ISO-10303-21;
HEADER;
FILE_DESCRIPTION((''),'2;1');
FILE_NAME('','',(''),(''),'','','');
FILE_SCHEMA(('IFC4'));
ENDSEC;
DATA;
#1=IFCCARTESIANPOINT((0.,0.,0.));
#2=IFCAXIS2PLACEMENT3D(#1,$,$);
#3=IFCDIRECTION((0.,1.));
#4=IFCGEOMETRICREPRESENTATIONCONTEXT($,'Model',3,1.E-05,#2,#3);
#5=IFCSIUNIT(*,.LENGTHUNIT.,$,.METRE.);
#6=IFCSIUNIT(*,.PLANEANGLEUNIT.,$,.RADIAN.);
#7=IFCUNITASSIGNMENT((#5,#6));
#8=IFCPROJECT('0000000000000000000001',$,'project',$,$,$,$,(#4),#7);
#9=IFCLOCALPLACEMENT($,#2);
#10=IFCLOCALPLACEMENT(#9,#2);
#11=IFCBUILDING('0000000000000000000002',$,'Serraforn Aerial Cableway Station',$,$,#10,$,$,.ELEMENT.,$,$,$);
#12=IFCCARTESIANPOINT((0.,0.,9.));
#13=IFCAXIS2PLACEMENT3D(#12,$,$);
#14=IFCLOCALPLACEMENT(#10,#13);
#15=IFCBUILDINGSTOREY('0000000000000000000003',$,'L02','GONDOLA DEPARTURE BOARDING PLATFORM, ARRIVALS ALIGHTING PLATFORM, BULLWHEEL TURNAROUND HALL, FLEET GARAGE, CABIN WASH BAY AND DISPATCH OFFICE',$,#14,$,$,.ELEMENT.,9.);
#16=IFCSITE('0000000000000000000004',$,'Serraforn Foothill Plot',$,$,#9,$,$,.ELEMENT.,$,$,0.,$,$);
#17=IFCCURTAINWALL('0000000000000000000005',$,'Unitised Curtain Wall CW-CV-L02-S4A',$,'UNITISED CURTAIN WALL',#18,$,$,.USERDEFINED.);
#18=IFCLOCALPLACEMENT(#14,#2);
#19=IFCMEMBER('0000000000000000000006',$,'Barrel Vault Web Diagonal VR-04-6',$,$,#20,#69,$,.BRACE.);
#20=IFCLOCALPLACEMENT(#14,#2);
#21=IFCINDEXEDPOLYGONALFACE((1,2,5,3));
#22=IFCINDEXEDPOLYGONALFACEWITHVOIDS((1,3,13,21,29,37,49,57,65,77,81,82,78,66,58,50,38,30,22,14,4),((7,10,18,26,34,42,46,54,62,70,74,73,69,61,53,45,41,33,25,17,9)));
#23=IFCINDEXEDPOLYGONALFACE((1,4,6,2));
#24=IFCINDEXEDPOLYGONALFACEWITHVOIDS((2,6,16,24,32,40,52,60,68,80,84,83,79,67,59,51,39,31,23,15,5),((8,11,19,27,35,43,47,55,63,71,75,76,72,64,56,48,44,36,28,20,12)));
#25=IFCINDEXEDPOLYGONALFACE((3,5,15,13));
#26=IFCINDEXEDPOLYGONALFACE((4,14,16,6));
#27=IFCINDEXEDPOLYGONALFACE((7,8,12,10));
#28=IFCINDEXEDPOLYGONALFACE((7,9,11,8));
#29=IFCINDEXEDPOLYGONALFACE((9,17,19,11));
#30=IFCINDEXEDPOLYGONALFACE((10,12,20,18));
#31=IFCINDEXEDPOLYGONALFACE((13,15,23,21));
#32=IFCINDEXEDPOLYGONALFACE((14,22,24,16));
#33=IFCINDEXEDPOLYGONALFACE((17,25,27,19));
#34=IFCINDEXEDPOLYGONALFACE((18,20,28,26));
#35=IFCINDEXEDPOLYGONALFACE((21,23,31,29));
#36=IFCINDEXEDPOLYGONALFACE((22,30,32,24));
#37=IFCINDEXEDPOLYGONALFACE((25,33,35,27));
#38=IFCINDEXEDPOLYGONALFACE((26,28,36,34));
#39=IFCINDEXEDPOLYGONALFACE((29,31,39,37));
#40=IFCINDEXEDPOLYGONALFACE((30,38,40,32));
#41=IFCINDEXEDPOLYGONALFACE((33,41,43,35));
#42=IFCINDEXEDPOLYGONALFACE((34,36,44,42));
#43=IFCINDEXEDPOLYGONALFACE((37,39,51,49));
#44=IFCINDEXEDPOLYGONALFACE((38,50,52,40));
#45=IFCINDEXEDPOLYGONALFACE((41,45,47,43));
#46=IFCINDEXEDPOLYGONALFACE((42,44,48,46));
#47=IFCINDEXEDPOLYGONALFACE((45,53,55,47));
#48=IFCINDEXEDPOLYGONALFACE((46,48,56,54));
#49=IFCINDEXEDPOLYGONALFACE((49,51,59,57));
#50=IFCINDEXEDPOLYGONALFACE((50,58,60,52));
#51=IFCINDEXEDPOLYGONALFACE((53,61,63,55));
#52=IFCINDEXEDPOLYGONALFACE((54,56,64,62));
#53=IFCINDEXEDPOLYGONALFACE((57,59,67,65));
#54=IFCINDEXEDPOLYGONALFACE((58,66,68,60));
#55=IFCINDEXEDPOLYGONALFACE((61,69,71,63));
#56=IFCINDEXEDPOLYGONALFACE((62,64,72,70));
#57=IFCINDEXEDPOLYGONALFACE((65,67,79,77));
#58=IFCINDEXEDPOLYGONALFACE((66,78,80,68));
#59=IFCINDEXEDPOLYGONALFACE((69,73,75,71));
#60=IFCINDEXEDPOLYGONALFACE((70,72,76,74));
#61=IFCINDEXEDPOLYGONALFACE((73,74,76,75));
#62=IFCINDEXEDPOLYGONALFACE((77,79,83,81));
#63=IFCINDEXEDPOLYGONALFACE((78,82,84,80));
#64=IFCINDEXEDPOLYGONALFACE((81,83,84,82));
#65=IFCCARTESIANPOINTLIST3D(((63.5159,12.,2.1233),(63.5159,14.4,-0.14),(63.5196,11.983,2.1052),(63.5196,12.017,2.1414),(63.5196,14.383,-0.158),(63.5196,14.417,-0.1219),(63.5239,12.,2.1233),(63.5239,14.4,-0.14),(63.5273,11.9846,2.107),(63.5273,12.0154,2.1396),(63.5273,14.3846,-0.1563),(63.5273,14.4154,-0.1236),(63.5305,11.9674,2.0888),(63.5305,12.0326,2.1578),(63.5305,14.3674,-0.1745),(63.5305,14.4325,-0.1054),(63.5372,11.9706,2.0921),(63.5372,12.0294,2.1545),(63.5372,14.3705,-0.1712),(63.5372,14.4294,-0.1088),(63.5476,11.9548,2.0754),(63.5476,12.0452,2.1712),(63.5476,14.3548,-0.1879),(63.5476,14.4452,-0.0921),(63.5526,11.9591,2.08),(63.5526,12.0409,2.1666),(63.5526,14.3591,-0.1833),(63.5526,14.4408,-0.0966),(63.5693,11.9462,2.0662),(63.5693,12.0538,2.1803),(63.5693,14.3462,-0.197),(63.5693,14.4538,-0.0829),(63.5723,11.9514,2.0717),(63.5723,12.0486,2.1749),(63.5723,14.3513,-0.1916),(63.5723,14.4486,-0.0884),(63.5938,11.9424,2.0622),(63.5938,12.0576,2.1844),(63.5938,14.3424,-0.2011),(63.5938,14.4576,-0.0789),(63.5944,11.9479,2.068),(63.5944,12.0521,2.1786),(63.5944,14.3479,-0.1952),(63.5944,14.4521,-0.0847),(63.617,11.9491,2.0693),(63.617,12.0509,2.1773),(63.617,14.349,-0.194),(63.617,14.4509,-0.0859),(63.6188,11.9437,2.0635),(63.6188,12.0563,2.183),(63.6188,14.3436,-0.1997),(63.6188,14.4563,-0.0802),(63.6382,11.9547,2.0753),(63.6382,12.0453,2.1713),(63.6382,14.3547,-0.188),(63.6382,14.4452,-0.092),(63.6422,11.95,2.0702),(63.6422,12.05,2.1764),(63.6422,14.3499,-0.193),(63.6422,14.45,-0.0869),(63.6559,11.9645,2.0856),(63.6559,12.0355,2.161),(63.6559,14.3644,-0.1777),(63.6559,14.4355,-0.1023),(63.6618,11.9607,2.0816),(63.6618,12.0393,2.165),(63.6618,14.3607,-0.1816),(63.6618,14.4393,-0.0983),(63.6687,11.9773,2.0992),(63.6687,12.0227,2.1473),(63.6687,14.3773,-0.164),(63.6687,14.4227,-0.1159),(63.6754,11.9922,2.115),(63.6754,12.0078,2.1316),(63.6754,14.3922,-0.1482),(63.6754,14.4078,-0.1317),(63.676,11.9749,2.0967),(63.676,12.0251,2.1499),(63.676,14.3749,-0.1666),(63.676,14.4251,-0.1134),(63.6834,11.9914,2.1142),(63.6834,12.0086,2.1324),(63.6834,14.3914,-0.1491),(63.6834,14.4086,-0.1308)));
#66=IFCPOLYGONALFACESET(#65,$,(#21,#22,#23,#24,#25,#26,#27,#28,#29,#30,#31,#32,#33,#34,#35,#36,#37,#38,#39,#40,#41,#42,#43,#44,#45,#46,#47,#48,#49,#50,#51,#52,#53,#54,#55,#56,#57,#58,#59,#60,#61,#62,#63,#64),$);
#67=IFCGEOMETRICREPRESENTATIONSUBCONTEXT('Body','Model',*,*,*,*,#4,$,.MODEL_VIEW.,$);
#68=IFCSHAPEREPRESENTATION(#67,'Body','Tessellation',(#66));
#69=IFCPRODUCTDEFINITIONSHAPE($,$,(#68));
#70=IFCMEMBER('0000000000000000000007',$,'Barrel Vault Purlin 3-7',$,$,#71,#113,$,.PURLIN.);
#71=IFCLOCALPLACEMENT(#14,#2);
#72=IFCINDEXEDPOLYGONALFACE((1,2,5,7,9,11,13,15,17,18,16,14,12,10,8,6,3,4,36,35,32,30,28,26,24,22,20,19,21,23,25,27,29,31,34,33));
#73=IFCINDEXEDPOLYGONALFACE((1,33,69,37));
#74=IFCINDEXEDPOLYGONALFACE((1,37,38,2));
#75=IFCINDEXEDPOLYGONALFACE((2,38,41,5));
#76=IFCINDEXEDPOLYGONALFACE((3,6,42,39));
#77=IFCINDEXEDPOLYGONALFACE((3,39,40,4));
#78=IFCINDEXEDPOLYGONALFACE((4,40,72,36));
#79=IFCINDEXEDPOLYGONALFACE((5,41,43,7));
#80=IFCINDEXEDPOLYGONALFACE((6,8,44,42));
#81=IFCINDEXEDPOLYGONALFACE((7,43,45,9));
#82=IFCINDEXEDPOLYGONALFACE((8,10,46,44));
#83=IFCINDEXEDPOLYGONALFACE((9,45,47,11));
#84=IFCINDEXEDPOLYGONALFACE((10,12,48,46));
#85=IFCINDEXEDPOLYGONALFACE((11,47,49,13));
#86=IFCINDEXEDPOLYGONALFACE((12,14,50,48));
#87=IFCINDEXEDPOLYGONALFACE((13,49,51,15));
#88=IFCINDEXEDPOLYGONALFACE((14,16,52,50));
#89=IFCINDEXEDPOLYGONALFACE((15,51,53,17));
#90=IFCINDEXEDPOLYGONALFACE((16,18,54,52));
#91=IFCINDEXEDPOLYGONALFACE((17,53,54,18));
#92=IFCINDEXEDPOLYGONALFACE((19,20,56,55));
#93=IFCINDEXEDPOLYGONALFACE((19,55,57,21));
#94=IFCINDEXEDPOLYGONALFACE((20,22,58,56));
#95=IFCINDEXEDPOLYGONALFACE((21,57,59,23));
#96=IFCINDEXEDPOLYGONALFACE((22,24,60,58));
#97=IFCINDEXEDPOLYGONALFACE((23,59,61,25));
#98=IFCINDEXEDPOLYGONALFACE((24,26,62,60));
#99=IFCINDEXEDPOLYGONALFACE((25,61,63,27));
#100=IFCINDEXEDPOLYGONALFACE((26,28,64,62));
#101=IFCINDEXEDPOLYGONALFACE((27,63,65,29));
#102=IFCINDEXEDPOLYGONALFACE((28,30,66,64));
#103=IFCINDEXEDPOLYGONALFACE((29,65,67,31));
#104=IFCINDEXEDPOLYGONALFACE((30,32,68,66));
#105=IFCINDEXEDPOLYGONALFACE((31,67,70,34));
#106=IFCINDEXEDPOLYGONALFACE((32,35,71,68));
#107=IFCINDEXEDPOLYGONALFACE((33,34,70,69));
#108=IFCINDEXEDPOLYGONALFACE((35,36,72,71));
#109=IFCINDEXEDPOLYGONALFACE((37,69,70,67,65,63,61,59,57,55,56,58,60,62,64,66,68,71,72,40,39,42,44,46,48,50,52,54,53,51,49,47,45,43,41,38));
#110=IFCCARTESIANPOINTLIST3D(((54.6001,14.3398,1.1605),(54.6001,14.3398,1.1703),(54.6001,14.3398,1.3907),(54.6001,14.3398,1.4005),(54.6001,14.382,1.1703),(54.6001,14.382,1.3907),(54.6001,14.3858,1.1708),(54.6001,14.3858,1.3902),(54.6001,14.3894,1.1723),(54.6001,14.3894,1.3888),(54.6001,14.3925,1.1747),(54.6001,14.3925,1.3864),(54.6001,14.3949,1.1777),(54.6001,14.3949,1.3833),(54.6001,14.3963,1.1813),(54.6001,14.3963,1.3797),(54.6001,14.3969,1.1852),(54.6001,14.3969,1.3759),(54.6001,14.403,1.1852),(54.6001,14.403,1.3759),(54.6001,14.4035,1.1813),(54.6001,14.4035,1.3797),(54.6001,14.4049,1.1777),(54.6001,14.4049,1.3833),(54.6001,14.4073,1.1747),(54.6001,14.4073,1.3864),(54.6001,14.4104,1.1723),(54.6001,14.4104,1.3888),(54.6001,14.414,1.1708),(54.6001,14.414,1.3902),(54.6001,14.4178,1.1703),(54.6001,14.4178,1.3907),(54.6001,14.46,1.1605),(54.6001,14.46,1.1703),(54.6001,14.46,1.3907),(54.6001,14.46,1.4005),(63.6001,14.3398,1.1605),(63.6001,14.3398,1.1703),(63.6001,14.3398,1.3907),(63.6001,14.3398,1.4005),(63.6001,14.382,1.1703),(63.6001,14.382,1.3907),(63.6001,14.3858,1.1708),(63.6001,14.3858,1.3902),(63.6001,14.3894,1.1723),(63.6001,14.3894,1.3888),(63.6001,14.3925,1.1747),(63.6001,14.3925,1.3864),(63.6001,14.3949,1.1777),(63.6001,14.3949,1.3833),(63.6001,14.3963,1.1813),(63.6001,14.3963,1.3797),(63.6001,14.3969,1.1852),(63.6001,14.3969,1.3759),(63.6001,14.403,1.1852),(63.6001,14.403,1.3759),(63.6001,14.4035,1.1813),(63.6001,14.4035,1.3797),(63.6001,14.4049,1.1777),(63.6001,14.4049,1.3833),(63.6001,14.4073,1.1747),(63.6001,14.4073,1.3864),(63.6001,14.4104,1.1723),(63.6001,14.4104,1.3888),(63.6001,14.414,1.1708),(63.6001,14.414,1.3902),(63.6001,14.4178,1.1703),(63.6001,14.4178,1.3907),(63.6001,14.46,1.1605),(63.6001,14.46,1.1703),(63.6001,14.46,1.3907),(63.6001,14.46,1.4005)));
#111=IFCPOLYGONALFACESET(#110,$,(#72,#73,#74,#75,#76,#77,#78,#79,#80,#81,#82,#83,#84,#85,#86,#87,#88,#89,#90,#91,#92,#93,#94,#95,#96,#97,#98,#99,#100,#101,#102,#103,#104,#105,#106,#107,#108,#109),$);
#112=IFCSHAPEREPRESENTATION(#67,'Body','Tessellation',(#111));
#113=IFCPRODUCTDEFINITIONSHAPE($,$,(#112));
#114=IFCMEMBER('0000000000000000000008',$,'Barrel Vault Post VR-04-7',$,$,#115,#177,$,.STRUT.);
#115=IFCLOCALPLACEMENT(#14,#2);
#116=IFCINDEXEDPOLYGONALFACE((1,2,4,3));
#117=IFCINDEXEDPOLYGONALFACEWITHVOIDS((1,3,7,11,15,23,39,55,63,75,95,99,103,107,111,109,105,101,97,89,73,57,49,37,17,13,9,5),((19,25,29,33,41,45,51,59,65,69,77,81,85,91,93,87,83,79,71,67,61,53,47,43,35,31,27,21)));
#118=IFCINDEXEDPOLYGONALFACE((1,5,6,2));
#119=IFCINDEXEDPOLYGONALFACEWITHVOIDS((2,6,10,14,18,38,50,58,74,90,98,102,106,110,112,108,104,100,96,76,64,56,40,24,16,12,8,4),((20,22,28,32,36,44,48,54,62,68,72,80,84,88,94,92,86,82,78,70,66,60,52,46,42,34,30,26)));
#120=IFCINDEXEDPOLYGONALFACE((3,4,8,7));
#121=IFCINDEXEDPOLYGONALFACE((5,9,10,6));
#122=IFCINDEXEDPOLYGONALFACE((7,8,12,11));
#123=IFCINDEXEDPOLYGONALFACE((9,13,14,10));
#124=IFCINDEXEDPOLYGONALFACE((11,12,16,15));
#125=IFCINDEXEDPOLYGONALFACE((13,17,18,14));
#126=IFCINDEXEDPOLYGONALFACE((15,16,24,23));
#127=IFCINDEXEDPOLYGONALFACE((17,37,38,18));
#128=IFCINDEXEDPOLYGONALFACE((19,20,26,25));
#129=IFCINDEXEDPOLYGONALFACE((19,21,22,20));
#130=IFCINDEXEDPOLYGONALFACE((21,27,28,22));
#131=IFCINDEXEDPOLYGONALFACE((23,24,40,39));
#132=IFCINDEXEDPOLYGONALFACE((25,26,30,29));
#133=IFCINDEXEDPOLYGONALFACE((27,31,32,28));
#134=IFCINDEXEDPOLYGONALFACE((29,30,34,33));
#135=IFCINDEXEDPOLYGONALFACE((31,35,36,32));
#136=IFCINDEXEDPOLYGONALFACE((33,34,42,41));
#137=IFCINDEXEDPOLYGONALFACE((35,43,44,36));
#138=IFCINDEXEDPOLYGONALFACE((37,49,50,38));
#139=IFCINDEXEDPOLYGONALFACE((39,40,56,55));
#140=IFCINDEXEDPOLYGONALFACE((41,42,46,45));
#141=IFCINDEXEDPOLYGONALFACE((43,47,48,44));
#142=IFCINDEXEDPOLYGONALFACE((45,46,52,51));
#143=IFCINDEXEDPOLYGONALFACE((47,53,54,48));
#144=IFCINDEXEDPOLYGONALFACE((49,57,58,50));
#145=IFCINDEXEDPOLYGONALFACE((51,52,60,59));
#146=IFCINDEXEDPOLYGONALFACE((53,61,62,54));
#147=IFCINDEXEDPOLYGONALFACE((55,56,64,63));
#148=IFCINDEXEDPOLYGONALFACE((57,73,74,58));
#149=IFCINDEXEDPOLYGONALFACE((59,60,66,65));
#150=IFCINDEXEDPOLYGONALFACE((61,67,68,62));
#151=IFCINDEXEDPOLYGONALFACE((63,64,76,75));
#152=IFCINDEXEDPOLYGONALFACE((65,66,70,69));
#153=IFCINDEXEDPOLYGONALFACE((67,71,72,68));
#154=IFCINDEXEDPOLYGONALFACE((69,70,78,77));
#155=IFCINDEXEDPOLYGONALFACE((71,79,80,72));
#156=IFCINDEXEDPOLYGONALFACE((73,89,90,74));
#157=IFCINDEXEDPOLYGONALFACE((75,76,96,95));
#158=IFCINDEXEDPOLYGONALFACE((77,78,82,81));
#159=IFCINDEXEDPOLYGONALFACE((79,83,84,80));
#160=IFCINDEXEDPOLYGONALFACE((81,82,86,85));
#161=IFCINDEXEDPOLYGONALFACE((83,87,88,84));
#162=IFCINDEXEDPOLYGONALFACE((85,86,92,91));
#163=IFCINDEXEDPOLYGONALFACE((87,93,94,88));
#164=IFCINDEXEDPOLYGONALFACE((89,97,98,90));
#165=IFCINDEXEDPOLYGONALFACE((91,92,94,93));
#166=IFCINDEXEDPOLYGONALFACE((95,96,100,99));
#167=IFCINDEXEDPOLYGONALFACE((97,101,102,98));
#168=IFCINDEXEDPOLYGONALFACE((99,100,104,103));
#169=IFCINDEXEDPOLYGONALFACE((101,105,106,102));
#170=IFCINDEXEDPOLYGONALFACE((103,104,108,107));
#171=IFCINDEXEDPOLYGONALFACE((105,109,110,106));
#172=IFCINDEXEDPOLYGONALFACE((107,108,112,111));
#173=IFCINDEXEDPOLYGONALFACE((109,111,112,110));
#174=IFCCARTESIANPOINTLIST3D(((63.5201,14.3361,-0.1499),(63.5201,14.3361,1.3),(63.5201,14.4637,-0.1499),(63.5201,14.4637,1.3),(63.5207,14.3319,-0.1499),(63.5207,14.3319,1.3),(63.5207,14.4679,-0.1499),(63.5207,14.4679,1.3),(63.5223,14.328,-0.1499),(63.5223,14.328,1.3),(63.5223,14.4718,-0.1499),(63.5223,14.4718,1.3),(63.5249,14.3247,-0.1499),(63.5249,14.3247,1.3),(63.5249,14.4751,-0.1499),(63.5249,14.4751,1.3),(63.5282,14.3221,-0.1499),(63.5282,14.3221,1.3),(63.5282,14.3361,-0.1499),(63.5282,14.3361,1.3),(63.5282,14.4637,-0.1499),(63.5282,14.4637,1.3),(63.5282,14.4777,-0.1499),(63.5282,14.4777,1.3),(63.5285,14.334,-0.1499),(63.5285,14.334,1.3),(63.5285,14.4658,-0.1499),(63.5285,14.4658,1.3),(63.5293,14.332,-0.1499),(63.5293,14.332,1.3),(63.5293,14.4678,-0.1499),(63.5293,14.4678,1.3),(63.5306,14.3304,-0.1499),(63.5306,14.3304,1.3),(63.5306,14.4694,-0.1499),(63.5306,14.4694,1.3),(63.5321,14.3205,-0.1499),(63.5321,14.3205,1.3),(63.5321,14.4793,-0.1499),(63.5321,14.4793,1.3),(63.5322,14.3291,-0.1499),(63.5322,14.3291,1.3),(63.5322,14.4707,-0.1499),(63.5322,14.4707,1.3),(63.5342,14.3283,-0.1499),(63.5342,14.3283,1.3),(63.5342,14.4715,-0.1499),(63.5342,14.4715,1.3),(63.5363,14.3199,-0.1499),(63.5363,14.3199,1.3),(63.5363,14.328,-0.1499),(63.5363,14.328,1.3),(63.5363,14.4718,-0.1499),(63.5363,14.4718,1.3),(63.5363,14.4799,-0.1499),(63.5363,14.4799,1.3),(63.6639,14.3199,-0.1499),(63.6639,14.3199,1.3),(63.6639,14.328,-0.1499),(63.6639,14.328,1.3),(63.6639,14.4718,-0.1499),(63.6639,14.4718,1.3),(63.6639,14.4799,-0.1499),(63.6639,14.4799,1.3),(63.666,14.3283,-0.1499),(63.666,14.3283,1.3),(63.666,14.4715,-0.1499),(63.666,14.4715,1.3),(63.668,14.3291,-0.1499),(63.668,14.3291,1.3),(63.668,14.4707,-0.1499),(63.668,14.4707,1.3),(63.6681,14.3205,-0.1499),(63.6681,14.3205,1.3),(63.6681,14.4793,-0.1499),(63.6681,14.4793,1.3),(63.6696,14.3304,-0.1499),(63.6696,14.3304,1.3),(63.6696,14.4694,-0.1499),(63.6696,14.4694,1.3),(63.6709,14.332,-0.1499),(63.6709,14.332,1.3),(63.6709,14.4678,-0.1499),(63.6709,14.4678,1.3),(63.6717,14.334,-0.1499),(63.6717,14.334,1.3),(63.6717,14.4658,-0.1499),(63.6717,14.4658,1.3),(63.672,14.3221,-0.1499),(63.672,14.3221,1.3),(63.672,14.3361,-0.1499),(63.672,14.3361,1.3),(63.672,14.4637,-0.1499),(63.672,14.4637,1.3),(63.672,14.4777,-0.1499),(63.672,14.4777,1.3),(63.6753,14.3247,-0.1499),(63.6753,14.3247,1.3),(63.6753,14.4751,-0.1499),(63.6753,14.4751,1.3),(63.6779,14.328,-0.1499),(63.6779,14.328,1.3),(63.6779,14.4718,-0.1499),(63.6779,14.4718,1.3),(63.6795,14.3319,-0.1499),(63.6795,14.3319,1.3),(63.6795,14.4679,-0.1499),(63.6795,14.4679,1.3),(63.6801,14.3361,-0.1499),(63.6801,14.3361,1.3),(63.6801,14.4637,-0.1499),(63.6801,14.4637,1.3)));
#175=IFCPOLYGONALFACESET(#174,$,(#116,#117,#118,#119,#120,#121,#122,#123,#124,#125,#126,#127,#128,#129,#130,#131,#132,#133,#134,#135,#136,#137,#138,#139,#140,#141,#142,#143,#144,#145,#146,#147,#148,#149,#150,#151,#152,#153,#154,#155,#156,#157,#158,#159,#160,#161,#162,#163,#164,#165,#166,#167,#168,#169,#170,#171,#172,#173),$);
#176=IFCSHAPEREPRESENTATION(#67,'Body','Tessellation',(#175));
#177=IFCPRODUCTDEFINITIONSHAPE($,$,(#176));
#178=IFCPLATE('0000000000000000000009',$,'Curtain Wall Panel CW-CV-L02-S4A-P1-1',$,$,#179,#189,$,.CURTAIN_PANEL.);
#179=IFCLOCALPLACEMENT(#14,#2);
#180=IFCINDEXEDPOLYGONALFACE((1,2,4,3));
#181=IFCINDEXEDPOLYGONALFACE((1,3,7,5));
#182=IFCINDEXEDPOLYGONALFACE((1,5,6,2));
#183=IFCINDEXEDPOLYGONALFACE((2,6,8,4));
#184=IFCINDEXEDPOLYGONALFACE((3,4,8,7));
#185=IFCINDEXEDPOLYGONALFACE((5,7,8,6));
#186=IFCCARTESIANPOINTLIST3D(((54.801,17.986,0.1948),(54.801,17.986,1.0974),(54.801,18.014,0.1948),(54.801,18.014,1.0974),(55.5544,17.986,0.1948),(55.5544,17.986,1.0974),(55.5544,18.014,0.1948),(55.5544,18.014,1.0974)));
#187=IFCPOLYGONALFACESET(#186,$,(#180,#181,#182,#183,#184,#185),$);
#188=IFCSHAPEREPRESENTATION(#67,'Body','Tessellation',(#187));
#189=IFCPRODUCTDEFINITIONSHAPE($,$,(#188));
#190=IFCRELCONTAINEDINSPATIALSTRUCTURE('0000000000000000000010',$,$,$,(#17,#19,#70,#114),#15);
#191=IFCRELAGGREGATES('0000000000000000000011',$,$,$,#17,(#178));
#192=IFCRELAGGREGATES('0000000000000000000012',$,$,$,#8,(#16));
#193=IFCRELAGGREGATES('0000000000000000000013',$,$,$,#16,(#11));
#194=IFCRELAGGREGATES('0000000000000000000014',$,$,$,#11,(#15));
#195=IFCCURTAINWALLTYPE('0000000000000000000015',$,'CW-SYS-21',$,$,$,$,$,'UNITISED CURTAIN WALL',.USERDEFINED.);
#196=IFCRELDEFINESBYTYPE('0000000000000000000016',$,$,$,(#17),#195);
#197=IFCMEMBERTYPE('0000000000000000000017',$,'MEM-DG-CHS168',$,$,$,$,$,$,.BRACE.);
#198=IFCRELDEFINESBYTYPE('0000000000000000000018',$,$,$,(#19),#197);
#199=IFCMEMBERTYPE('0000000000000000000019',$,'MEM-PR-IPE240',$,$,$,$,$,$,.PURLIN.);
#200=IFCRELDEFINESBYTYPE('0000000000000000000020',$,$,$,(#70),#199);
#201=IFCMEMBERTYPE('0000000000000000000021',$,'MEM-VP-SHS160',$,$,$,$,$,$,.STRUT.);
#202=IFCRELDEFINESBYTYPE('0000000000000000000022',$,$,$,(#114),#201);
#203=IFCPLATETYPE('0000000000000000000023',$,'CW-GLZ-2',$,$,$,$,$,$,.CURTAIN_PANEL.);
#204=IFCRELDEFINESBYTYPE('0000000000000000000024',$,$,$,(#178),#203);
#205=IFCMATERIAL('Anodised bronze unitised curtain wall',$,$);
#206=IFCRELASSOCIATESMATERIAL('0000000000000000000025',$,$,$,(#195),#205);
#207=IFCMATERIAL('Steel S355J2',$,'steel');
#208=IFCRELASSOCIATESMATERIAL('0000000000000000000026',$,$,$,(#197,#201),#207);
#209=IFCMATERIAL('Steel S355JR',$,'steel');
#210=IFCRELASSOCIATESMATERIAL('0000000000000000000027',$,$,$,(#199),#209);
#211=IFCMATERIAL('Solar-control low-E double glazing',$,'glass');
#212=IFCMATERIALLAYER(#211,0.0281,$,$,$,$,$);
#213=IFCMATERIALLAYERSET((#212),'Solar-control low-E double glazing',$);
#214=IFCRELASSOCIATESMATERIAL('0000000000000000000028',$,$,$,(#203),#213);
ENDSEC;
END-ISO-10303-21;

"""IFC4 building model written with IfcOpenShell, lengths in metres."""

from ifc_helpers import new_model, si_unit, direction, frame, origin, origin_2d, place, context, subcontext, project, spatial, rectangle, hollow_rectangle, hollow_circle, i_section, extrude, material, layer, layer_set, material_profile, profile_set, type_object, element, aggregate, save


model = new_model("IFC4")

# Units and contexts
model_context = context("Model", 3, precision=1e-05, world=origin(), true_north=direction((0.0, 1.0)))
body_context = subcontext(model_context, "Body", "Model", "MODEL_VIEW")
ifc_project = project(units=[si_unit("LENGTHUNIT", "METRE"), si_unit("PLANEANGLEUNIT", "RADIAN")], contexts=[model_context])

# Site, building, storey
site_placement = place(None, origin())
site = spatial("IfcSite", under=ifc_project, at=site_placement, Name="Serraforn Foothill Plot", CompositionType="ELEMENT", RefElevation=0.0)
building_placement = place(site_placement, origin())
building = spatial("IfcBuilding", under=site, at=building_placement, Name="Serraforn Aerial Cableway Station", CompositionType="ELEMENT")
storey_placement = place(building_placement, frame((0.0, 0.0, 9.0)))
storey = spatial("IfcBuildingStorey", under=building, at=storey_placement, Name="L02", Description="GONDOLA DEPARTURE BOARDING PLATFORM, ARRIVALS ALIGHTING PLATFORM, BULLWHEEL TURNAROUND HALL, FLEET GARAGE, CABIN WASH BAY AND DISPATCH OFFICE", CompositionType="ELEMENT", Elevation=9.0)

# Shared definitions
ifc_material_1 = material(Name="Steel S355J2", Category="steel")

# Curtain wall
ifc_material_2 = material(Name="Anodised bronze unitised curtain wall")
curtain_wall_type = type_object("IfcCurtainWallType", Name="CW-SYS-21", ElementType="UNITISED CURTAIN WALL", PredefinedType="USERDEFINED", material=ifc_material_2)
curtain_wall_placement = place(storey_placement, origin())
curtain_wall = element("IfcCurtainWall", 1, at=curtain_wall_placement, inside=storey, type_object=curtain_wall_type, Name="Unitised Curtain Wall CW-CV-L02-S4A", ObjectType="UNITISED CURTAIN WALL", PredefinedType="USERDEFINED")

# Members
ifc_material_profile_1 = material_profile(ifc_material_1, hollow_circle(Radius=0.0842, WallThickness=0.0081, at=origin_2d()), Name="CHS 168.3x8.0")
ifc_profile_set_1 = profile_set([ifc_material_profile_1], Name="Steel S355J2")
member_type_1 = type_object("IfcMemberType", Name="MEM-DG-CHS168", PredefinedType="BRACE", material=ifc_profile_set_1)
member_1_placement = place(storey_placement, frame((63.6001, 12.0, 2.1233), z_axis=(0.0, 0.727526, -0.68608), x_axis=(-1.0, 0.0, 0.0)))
element("IfcMember", 2, at=member_1_placement, inside=storey, type_object=member_type_1, Name="Barrel Vault Web Diagonal VR-04-6", PredefinedType="BRACE", context=body_context, shape_type="SweptSolid", body=[
    extrude(hollow_circle(Radius=0.0842, WallThickness=0.0081, at=origin_2d()), origin(), (0.0, 0.0, 1.0), 3.2988),
])
ifc_material_3 = material(Name="Steel S355JR", Category="steel")
ifc_material_profile_2 = material_profile(ifc_material_3, i_section(OverallWidth=0.1201, OverallDepth=0.24, WebThickness=0.0061, FlangeThickness=0.0098, FilletRadius=0.0149, at=origin_2d()), Name="IPE 240")
ifc_profile_set_2 = profile_set([ifc_material_profile_2], Name="Steel S355JR")
member_type_2 = type_object("IfcMemberType", Name="MEM-PR-IPE240", PredefinedType="PURLIN", material=ifc_profile_set_2)
member_2_placement = place(storey_placement, frame((54.6001, 14.3999, 1.2805), z_axis=(1.0, 0.0, 0.0), x_axis=(0.0, 1.0, 0.0)))
element("IfcMember", 3, at=member_2_placement, inside=storey, type_object=member_type_2, Name="Barrel Vault Purlin 3-7", PredefinedType="PURLIN", context=body_context, shape_type="SweptSolid", body=[
    extrude(i_section(OverallWidth=0.1201, OverallDepth=0.24, WebThickness=0.0061, FlangeThickness=0.0098, FilletRadius=0.0149, at=origin_2d()), origin(), (0.0, 0.0, 1.0), 9.0),
])
ifc_material_profile_3 = material_profile(ifc_material_1, hollow_rectangle(XDim=0.1599, YDim=0.1599, WallThickness=0.0081, InnerFilletRadius=0.0081, OuterFilletRadius=0.0161, at=origin_2d()), Name="SHS 160x160x8.0")
ifc_profile_set_3 = profile_set([ifc_material_profile_3], Name="Steel S355J2")
member_type_3 = type_object("IfcMemberType", Name="MEM-VP-SHS160", PredefinedType="STRUT", material=ifc_profile_set_3)
member_3_placement = place(storey_placement, frame((63.6001, 14.3999, -0.1499), z_axis=(0.0, 0.0, 1.0), x_axis=(1.0, 0.0, 0.0)))
element("IfcMember", 4, at=member_3_placement, inside=storey, type_object=member_type_3, Name="Barrel Vault Post VR-04-7", PredefinedType="STRUT", context=body_context, shape_type="SweptSolid", body=[
    extrude(hollow_rectangle(XDim=0.1599, YDim=0.1599, WallThickness=0.0081, InnerFilletRadius=0.0081, OuterFilletRadius=0.0161, at=origin_2d()), origin(), (0.0, 0.0, 1.0), 1.45),
])

# Plate
ifc_material_4 = material(Name="Solar-control low-E double glazing", Category="glass")
ifc_layer_1 = layer(ifc_material_4, 0.0281)
ifc_layer_set_1 = layer_set([ifc_layer_1], Name="Solar-control low-E double glazing")
plate_type_1 = type_object("IfcPlateType", Name="CW-GLZ-2", PredefinedType="CURTAIN_PANEL", material=ifc_layer_set_1)
plate_1_placement = place(storey_placement, frame((55.1777, 18.0, 0.1948), z_axis=(0.0, 0.0, 1.0), x_axis=(1.0, 0.0, 0.0)))
plate_1 = element("IfcPlate", 5, at=plate_1_placement, type_object=plate_type_1, Name="Curtain Wall Panel CW-CV-L02-S4A-P1-1", PredefinedType="CURTAIN_PANEL", context=body_context, shape_type="SweptSolid", body=[
    extrude(rectangle(XDim=0.7534, YDim=0.0281, at=origin_2d()), origin(), (0.0, 0.0, 1.0), 0.9026),
])
aggregate(curtain_wall, [plate_1])

save(model, "model.ifc")
